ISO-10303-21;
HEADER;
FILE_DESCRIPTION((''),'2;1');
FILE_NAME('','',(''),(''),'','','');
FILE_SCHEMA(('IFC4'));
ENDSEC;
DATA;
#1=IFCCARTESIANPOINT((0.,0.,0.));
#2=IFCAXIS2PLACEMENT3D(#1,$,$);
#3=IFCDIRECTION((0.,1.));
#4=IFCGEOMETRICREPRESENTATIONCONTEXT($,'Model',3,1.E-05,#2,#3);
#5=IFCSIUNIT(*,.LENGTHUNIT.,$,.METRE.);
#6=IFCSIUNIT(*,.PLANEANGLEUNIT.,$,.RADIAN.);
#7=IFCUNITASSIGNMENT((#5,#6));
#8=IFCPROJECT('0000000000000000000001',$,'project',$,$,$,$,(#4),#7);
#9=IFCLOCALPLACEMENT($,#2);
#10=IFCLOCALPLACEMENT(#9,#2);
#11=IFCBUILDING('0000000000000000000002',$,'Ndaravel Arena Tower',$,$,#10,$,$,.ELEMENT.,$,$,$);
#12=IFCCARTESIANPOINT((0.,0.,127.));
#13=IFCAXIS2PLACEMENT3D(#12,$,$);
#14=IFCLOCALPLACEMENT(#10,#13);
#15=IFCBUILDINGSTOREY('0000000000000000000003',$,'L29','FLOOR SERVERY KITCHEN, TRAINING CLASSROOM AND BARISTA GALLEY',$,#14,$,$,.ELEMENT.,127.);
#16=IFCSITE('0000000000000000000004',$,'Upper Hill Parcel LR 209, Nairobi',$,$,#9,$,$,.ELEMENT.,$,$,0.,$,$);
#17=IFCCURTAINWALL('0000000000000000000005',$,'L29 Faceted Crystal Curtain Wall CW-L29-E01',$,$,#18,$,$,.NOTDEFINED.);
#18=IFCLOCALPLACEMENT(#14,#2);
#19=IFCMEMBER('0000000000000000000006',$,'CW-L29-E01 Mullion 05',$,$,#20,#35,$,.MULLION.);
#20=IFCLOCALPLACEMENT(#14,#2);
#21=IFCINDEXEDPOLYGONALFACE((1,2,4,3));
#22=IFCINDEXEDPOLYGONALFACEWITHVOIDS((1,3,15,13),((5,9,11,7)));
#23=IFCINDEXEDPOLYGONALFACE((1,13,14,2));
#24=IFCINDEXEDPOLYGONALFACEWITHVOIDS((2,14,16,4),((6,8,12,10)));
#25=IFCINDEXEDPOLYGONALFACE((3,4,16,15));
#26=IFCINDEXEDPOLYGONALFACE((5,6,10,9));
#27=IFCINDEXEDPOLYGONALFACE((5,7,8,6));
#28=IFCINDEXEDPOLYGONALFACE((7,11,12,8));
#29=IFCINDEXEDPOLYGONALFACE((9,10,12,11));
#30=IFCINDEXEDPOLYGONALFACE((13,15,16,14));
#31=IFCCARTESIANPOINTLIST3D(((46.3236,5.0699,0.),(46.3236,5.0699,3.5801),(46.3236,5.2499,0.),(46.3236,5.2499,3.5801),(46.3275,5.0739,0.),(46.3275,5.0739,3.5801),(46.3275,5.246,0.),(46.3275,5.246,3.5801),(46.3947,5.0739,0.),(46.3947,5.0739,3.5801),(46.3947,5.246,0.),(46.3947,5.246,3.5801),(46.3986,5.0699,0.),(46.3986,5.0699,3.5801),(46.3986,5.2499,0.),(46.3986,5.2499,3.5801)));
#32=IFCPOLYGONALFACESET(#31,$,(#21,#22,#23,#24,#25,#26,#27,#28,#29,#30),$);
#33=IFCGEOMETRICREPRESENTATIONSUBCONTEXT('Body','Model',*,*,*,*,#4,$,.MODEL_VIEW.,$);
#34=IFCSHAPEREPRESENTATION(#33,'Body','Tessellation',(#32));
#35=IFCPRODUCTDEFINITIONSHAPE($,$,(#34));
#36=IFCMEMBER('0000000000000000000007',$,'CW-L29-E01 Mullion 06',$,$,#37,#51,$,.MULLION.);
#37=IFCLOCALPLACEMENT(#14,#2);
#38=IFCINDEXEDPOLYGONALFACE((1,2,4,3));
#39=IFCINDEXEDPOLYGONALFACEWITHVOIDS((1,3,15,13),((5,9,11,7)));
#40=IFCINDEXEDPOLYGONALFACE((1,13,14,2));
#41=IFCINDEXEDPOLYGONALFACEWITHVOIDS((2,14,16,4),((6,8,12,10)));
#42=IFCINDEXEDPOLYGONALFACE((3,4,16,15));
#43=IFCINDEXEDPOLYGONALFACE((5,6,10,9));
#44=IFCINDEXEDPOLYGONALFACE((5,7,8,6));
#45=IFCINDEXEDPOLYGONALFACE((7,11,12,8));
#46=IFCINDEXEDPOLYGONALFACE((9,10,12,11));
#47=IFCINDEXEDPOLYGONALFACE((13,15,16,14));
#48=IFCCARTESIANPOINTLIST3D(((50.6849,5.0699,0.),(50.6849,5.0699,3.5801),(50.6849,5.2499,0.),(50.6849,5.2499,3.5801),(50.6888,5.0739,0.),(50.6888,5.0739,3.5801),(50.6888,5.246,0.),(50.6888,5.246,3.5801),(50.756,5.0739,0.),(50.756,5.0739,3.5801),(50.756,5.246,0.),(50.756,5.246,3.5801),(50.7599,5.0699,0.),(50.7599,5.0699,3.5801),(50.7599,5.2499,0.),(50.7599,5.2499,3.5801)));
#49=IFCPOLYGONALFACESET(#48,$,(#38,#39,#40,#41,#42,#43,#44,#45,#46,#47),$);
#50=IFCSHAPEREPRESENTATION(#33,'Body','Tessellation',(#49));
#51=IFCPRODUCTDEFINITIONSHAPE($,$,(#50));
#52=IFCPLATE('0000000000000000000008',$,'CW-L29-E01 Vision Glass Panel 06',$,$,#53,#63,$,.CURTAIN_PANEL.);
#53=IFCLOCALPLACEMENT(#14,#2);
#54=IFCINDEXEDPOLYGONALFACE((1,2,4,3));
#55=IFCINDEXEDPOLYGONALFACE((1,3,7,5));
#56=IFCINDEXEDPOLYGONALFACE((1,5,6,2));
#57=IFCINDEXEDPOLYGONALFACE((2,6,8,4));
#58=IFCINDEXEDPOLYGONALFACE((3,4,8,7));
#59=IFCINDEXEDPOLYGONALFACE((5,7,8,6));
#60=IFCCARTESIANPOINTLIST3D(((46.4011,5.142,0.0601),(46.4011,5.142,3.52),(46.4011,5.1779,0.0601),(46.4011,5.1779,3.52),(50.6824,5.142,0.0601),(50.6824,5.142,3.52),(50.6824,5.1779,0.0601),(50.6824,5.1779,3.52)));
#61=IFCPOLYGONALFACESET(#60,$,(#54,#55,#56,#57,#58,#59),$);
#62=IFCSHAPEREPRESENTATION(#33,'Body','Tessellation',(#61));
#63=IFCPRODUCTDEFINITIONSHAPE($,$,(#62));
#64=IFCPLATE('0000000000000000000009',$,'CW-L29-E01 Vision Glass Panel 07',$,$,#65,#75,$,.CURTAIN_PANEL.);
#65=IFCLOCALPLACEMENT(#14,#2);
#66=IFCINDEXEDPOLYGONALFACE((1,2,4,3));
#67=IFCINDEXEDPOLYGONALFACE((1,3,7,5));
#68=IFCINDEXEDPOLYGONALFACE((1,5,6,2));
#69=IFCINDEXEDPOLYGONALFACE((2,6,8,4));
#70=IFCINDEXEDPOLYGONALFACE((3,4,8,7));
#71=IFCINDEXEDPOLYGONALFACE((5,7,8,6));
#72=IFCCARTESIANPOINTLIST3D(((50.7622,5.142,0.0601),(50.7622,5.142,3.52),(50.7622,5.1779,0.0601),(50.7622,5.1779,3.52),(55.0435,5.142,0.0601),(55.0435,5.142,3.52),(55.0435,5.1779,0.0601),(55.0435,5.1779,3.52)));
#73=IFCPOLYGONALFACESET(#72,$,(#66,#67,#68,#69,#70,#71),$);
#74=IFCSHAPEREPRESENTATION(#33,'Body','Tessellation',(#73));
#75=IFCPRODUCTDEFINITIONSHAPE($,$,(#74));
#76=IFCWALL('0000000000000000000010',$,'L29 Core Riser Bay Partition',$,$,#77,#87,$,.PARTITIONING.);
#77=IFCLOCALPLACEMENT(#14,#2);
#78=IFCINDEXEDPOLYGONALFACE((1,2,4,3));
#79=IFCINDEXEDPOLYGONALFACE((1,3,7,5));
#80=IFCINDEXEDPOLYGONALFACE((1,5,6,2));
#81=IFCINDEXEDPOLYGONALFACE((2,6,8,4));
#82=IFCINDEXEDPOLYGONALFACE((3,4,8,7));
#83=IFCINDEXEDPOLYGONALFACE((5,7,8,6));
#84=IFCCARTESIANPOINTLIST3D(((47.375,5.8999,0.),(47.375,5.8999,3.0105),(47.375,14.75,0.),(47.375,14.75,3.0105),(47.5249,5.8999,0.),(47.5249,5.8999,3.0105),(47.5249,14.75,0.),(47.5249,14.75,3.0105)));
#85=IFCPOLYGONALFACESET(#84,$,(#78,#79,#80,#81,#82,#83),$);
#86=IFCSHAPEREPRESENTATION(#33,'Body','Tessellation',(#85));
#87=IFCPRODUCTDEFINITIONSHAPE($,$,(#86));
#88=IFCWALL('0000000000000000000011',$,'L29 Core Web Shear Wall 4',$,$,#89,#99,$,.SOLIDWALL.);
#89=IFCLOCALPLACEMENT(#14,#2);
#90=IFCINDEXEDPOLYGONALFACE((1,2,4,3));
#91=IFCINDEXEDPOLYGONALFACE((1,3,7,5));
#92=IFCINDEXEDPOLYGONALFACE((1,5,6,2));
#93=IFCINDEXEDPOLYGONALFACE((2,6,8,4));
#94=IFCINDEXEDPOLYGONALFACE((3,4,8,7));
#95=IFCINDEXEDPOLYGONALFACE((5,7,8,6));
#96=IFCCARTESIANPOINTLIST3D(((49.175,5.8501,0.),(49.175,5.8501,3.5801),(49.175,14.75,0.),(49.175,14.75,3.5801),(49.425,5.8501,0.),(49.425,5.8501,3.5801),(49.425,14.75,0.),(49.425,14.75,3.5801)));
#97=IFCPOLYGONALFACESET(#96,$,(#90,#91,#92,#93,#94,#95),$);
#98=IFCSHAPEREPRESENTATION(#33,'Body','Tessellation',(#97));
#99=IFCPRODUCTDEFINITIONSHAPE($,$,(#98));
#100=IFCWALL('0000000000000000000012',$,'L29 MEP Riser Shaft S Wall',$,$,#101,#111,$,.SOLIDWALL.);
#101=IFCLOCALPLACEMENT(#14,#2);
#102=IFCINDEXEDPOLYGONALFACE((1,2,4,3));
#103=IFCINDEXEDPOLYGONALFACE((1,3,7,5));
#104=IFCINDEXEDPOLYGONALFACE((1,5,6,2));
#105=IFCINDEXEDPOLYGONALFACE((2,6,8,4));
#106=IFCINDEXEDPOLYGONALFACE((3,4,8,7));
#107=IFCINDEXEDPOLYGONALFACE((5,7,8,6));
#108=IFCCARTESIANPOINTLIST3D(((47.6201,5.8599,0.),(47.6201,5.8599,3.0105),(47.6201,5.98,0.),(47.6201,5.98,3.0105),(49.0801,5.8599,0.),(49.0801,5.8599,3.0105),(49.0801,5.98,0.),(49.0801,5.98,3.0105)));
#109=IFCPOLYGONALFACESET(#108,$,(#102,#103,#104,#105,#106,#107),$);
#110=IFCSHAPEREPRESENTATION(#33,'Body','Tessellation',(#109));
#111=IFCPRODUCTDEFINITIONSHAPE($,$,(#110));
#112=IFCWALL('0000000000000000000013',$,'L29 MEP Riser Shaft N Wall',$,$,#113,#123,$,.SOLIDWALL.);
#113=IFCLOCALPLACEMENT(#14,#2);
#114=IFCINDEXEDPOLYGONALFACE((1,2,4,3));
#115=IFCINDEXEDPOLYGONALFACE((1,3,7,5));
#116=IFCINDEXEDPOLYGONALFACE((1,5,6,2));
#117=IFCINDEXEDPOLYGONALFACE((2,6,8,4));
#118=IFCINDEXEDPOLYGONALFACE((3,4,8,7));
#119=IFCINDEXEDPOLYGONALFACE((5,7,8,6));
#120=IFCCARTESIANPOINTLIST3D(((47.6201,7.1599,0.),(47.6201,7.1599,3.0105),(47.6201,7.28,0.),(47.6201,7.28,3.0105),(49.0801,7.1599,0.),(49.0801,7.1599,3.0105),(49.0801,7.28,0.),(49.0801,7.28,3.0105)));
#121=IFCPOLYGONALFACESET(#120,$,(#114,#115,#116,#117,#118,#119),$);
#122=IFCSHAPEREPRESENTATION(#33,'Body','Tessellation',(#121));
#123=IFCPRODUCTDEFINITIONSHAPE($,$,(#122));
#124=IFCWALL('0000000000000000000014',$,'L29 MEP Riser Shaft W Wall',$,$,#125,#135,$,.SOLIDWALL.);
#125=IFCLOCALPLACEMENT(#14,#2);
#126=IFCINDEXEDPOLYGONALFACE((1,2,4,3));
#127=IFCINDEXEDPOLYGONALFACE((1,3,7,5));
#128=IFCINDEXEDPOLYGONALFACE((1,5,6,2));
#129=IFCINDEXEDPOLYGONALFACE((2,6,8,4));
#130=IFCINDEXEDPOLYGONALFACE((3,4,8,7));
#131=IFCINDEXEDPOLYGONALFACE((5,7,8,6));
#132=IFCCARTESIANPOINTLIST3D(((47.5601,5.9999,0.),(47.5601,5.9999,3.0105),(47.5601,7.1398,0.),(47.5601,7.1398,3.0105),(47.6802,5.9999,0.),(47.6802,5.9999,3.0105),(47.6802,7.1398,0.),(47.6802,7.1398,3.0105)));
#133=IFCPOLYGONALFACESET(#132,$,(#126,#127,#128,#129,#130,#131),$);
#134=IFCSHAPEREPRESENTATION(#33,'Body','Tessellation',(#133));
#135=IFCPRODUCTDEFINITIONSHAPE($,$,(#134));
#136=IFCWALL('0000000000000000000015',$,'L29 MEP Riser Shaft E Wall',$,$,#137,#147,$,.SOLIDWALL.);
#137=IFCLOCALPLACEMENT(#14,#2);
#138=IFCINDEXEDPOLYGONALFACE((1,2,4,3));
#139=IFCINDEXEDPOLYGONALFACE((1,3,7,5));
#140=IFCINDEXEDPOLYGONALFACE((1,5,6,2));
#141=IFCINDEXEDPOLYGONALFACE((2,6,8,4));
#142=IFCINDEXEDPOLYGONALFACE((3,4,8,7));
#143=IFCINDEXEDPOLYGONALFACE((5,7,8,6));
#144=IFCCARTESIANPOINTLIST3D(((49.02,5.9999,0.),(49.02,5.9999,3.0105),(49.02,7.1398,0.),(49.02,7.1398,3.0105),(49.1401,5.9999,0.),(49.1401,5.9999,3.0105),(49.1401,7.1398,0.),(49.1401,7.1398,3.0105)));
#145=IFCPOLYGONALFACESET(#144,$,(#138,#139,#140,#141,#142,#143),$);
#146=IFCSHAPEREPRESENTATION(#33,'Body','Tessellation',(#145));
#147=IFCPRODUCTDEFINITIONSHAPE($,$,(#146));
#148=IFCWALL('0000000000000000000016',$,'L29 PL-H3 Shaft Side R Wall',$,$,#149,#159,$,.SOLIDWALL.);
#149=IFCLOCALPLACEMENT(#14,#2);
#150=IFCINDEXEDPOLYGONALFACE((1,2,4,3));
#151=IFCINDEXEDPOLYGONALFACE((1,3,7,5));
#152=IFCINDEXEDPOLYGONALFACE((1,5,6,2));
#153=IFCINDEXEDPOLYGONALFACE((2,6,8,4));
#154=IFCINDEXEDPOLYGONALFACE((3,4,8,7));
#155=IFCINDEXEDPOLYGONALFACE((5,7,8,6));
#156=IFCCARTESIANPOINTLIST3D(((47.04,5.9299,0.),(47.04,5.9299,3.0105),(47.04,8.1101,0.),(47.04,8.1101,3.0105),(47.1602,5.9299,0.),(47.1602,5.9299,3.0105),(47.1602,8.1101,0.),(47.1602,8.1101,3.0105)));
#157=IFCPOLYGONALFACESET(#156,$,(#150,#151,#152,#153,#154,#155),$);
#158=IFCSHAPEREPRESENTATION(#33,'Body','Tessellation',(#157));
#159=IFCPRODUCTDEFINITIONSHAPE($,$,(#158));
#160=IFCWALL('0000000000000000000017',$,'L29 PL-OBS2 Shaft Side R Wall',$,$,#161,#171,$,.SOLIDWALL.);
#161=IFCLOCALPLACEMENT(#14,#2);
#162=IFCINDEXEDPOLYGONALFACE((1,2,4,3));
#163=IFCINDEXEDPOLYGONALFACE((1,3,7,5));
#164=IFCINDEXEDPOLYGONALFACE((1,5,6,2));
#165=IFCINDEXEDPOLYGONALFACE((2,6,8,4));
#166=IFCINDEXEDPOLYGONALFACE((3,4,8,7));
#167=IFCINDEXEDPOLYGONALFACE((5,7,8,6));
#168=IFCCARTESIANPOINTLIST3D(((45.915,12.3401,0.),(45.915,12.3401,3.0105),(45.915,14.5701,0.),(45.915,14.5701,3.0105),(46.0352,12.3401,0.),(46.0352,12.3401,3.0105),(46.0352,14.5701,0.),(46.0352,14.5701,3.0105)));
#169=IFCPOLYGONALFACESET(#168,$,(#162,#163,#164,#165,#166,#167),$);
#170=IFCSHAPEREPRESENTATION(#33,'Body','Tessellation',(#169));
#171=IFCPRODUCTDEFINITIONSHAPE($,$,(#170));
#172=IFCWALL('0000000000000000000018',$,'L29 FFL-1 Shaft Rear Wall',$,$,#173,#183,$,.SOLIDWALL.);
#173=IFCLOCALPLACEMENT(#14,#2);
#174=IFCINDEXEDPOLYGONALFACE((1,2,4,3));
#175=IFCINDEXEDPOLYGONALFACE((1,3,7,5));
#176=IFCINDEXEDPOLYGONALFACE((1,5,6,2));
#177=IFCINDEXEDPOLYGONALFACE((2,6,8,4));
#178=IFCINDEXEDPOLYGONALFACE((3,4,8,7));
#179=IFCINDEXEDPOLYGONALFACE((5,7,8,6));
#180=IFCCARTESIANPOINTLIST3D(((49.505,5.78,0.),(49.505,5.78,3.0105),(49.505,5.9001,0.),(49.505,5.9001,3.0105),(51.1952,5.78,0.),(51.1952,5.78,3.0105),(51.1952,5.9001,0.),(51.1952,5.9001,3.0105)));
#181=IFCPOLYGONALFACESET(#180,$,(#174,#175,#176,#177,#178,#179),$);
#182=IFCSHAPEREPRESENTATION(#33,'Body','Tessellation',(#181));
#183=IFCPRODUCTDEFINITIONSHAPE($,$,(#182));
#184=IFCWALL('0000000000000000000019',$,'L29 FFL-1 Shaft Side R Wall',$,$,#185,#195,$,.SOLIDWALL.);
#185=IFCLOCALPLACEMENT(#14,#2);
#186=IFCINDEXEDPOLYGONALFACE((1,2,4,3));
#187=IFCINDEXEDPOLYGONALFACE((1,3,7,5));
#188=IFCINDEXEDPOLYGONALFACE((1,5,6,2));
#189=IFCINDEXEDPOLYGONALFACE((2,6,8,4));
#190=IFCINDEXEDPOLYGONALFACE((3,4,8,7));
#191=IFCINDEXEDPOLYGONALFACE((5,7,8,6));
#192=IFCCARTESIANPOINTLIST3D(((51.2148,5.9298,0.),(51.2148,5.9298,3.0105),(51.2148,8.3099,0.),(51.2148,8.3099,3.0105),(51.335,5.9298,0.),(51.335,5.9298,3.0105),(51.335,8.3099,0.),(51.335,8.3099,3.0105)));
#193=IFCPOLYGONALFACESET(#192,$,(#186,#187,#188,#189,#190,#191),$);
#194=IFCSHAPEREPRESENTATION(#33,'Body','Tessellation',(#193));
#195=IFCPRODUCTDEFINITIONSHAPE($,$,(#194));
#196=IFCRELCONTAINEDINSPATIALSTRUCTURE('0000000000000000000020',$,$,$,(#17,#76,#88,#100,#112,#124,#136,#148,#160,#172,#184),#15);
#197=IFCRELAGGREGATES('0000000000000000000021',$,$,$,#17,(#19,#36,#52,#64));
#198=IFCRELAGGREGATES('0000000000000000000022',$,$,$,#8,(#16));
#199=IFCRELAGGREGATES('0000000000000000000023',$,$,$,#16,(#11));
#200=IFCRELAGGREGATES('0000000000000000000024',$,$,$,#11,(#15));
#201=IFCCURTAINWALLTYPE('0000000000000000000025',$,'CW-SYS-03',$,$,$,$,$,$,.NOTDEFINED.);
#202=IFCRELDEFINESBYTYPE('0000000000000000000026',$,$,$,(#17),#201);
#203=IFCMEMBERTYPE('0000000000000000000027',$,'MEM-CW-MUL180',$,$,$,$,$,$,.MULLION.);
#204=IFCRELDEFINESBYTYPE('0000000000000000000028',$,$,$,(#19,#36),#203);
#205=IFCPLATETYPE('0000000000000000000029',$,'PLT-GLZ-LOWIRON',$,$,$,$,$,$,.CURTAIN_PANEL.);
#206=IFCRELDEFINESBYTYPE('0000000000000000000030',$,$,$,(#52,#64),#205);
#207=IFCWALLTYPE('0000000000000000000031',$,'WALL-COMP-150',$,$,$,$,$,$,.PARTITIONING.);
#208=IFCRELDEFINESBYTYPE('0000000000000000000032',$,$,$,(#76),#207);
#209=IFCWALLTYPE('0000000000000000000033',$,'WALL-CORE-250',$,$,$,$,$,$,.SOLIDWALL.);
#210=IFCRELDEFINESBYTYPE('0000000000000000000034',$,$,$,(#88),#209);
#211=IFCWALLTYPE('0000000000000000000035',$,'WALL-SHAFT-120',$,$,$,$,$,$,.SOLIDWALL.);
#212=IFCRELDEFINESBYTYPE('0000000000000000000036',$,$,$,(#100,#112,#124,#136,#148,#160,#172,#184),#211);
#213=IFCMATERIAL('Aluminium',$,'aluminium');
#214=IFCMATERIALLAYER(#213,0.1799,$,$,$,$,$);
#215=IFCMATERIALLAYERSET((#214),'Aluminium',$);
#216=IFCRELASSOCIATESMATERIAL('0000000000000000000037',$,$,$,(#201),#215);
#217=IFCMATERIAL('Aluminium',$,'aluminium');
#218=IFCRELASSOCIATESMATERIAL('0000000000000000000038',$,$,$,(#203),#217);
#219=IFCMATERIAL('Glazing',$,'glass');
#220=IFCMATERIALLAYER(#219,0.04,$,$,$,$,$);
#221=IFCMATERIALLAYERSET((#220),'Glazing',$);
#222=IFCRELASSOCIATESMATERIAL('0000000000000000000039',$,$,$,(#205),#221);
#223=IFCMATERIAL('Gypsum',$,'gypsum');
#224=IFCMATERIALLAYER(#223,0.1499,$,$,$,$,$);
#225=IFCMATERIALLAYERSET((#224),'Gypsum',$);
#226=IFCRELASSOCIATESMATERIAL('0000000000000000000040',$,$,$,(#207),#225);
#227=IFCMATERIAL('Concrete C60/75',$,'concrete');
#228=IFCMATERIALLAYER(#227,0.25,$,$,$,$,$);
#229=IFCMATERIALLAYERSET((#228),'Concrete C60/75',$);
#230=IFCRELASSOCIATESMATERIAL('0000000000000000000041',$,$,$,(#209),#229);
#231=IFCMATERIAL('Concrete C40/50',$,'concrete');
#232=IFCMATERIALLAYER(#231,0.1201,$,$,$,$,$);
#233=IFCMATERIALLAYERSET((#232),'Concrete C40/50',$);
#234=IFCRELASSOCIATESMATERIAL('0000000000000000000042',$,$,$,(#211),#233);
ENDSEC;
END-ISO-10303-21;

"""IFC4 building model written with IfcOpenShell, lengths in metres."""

from ifc_helpers import new_model, si_unit, direction, frame, frame_2d, origin, origin_2d, place, context, subcontext, project, spatial, rectangle, hollow_rectangle, extrude, material, layer, layer_set, material_profile, profile_set, type_object, element, aggregate, save


model = new_model("IFC4")

# Units and contexts
model_context = context("Model", 3, precision=1e-05, world=origin(), true_north=direction((0.0, 1.0)))
body_context = subcontext(model_context, "Body", "Model", "MODEL_VIEW")
ifc_project = project(units=[si_unit("LENGTHUNIT", "METRE"), si_unit("PLANEANGLEUNIT", "RADIAN")], contexts=[model_context])

# Site, building, storey
site_placement = place(None, origin())
site = spatial("IfcSite", under=ifc_project, at=site_placement, Name="Upper Hill Parcel LR 209, Nairobi", CompositionType="ELEMENT", RefElevation=0.0)
building_placement = place(site_placement, origin())
building = spatial("IfcBuilding", under=site, at=building_placement, Name="Ndaravel Arena Tower", CompositionType="ELEMENT")
storey_placement = place(building_placement, frame((0.0, 0.0, 127.0)))
storey = spatial("IfcBuildingStorey", under=building, at=storey_placement, Name="L29", Description="FLOOR SERVERY KITCHEN, TRAINING CLASSROOM AND BARISTA GALLEY", CompositionType="ELEMENT", Elevation=127.0)

# Curtain wall, members, plates
ifc_material_1 = material(Name="Aluminium", Category="aluminium")
ifc_layer_1 = layer(ifc_material_1, 0.1799)
ifc_layer_set_1 = layer_set([ifc_layer_1], Name="Aluminium")
curtain_wall_type = type_object("IfcCurtainWallType", Name="CW-SYS-03", PredefinedType="NOTDEFINED", material=ifc_layer_set_1)
curtain_wall_placement = place(storey_placement, origin())
curtain_wall = element("IfcCurtainWall", 1, at=curtain_wall_placement, inside=storey, type_object=curtain_wall_type, Name="L29 Faceted Crystal Curtain Wall CW-L29-E01", PredefinedType="NOTDEFINED")
ifc_material_2 = material(Name="Aluminium", Category="aluminium")
ifc_material_profile = material_profile(ifc_material_2, hollow_rectangle(XDim=0.075, YDim=0.1799, WallThickness=0.0039, at=origin_2d()), Name="CW MULLION 75x180x4")
ifc_profile_set = profile_set([ifc_material_profile], Name="Aluminium")
member_type = type_object("IfcMemberType", Name="MEM-CW-MUL180", PredefinedType="MULLION", material=ifc_profile_set)
member_1_placement = place(storey_placement, frame((46.3611, 5.1599, 0.0), z_axis=(0.0, 0.0, 1.0), x_axis=(1.0, 0.0, 0.0)))
member_1 = element("IfcMember", 2, at=member_1_placement, type_object=member_type, Name="CW-L29-E01 Mullion 05", PredefinedType="MULLION", context=body_context, shape_type="SweptSolid", body=[
    extrude(hollow_rectangle(XDim=0.075, YDim=0.1799, WallThickness=0.0039, at=origin_2d()), origin(), (0.0, 0.0, 1.0), 3.5801),
])
member_2_placement = place(storey_placement, frame((50.7224, 5.1599, 0.0), z_axis=(0.0, 0.0, 1.0), x_axis=(1.0, 0.0, 0.0)))
member_2 = element("IfcMember", 3, at=member_2_placement, type_object=member_type, Name="CW-L29-E01 Mullion 06", PredefinedType="MULLION", context=body_context, shape_type="SweptSolid", body=[
    extrude(hollow_rectangle(XDim=0.075, YDim=0.1799, WallThickness=0.0039, at=origin_2d()), origin(), (0.0, 0.0, 1.0), 3.5801),
])
ifc_material_3 = material(Name="Glazing", Category="glass")
ifc_layer_2 = layer(ifc_material_3, 0.04)
ifc_layer_set_2 = layer_set([ifc_layer_2], Name="Glazing")
plate_type = type_object("IfcPlateType", Name="PLT-GLZ-LOWIRON", PredefinedType="CURTAIN_PANEL", material=ifc_layer_set_2)
plate_1_placement = place(storey_placement, frame((48.5417, 5.1599, 0.0601), z_axis=(0.0, 0.0, 1.0), x_axis=(1.0, 0.0, 0.0)))
plate_1 = element("IfcPlate", 4, at=plate_1_placement, type_object=plate_type, Name="CW-L29-E01 Vision Glass Panel 06", PredefinedType="CURTAIN_PANEL", context=body_context, shape_type="SweptSolid", body=[
    extrude(rectangle(XDim=4.2812, YDim=0.0359, at=origin_2d()), origin(), (0.0, 0.0, 1.0), 3.46),
])
plate_2_placement = place(storey_placement, frame((52.9028, 5.1599, 0.0601), z_axis=(0.0, 0.0, 1.0), x_axis=(1.0, 0.0, 0.0)))
plate_2 = element("IfcPlate", 5, at=plate_2_placement, type_object=plate_type, Name="CW-L29-E01 Vision Glass Panel 07", PredefinedType="CURTAIN_PANEL", context=body_context, shape_type="SweptSolid", body=[
    extrude(rectangle(XDim=4.2812, YDim=0.0359, at=origin_2d()), origin(), (0.0, 0.0, 1.0), 3.46),
])
aggregate(curtain_wall, [member_1, member_2, plate_1, plate_2])

# Walls
ifc_material_4 = material(Name="Gypsum", Category="gypsum")
ifc_layer_3 = layer(ifc_material_4, 0.1499)
ifc_layer_set_3 = layer_set([ifc_layer_3], Name="Gypsum")
wall_type_1 = type_object("IfcWallType", Name="WALL-COMP-150", PredefinedType="PARTITIONING", material=ifc_layer_set_3)
wall_1_placement = place(storey_placement, frame((47.45, 5.8999, 0.0), z_axis=(0.0, 0.0, 1.0), x_axis=(0.0, 1.0, 0.0)))
element("IfcWall", 6, at=wall_1_placement, inside=storey, type_object=wall_type_1, Name="L29 Core Riser Bay Partition", PredefinedType="PARTITIONING", context=body_context, shape_type="SweptSolid", body=[
    extrude(rectangle(XDim=8.8501, YDim=0.1499, at=frame_2d((4.425, 0.0))), origin(), (0.0, 0.0, 1.0), 3.0105),
])
ifc_material_5 = material(Name="Concrete C60/75", Category="concrete")
ifc_layer_4 = layer(ifc_material_5, 0.25)
ifc_layer_set_4 = layer_set([ifc_layer_4], Name="Concrete C60/75")
wall_type_2 = type_object("IfcWallType", Name="WALL-CORE-250", PredefinedType="SOLIDWALL", material=ifc_layer_set_4)
wall_2_placement = place(storey_placement, frame((49.3, 5.8501, 0.0), z_axis=(0.0, 0.0, 1.0), x_axis=(0.0, 1.0, 0.0)))
element("IfcWall", 7, at=wall_2_placement, inside=storey, type_object=wall_type_2, Name="L29 Core Web Shear Wall 4", PredefinedType="SOLIDWALL", context=body_context, shape_type="SweptSolid", body=[
    extrude(rectangle(XDim=8.8999, YDim=0.25, at=frame_2d((4.45, 0.0))), origin(), (0.0, 0.0, 1.0), 3.5801),
])
ifc_material_6 = material(Name="Concrete C40/50", Category="concrete")
ifc_layer_5 = layer(ifc_material_6, 0.1201)
ifc_layer_set_5 = layer_set([ifc_layer_5], Name="Concrete C40/50")
wall_type_3 = type_object("IfcWallType", Name="WALL-SHAFT-120", PredefinedType="SOLIDWALL", material=ifc_layer_set_5)
for number, where, z_axis, x_axis, name in (
    (8, (47.6201, 5.9199, 0.0), (0.0, 0.0, 1.0), (1.0, 0.0, 0.0), "L29 MEP Riser Shaft S Wall"),
    (9, (47.6201, 7.22, 0.0), (0.0, 0.0, 1.0), (1.0, 0.0, 0.0), "L29 MEP Riser Shaft N Wall"),
):
    element("IfcWall", number, at=place(storey_placement, frame(where, z_axis=z_axis, x_axis=x_axis)), inside=storey, type_object=wall_type_3, Name=name, PredefinedType="SOLIDWALL", context=body_context, shape_type="SweptSolid", body=[
        extrude(rectangle(XDim=1.46, YDim=0.1201, at=frame_2d((0.73, 0.0))), origin(), (0.0, 0.0, 1.0), 3.0105),
    ])
for number, where, z_axis, x_axis, name in (
    (10, (47.6201, 6.0, 0.0), (0.0, 0.0, 1.0), (0.0, 1.0, 0.0), "L29 MEP Riser Shaft W Wall"),
    (11, (49.0801, 6.0, 0.0), (0.0, 0.0, 1.0), (0.0, 1.0, 0.0), "L29 MEP Riser Shaft E Wall"),
):
    element("IfcWall", number, at=place(storey_placement, frame(where, z_axis=z_axis, x_axis=x_axis)), inside=storey, type_object=wall_type_3, Name=name, PredefinedType="SOLIDWALL", context=body_context, shape_type="SweptSolid", body=[
        extrude(rectangle(XDim=1.1399, YDim=0.1201, at=frame_2d((0.5698, 0.0))), origin(), (0.0, 0.0, 1.0), 3.0105),
    ])
wall_3_placement = place(storey_placement, frame((47.1001, 5.9299, 0.0), z_axis=(0.0, 0.0, 1.0), x_axis=(0.0, 1.0, 0.0)))
element("IfcWall", 12, at=wall_3_placement, inside=storey, type_object=wall_type_3, Name="L29 PL-H3 Shaft Side R Wall", PredefinedType="SOLIDWALL", context=body_context, shape_type="SweptSolid", body=[
    extrude(rectangle(XDim=2.1802, YDim=0.1201, at=frame_2d((1.0901, 0.0))), origin(), (0.0, 0.0, 1.0), 3.0105),
])
wall_4_placement = place(storey_placement, frame((45.9751, 12.3401, 0.0), z_axis=(0.0, 0.0, 1.0), x_axis=(0.0, 1.0, 0.0)))
element("IfcWall", 13, at=wall_4_placement, inside=storey, type_object=wall_type_3, Name="L29 PL-OBS2 Shaft Side R Wall", PredefinedType="SOLIDWALL", context=body_context, shape_type="SweptSolid", body=[
    extrude(rectangle(XDim=2.23, YDim=0.1201, at=frame_2d((1.115, 0.0))), origin(), (0.0, 0.0, 1.0), 3.0105),
])
wall_5_placement = place(storey_placement, frame((49.5049, 5.8401, 0.0), z_axis=(0.0, 0.0, 1.0), x_axis=(1.0, 0.0, 0.0)))
element("IfcWall", 14, at=wall_5_placement, inside=storey, type_object=wall_type_3, Name="L29 FFL-1 Shaft Rear Wall", PredefinedType="SOLIDWALL", context=body_context, shape_type="SweptSolid", body=[
    extrude(rectangle(XDim=1.6902, YDim=0.1201, at=frame_2d((0.8452, 0.0))), origin(), (0.0, 0.0, 1.0), 3.0105),
])
wall_6_placement = place(storey_placement, frame((51.2749, 5.9299, 0.0), z_axis=(0.0, 0.0, 1.0), x_axis=(0.0, 1.0, 0.0)))
element("IfcWall", 15, at=wall_6_placement, inside=storey, type_object=wall_type_3, Name="L29 FFL-1 Shaft Side R Wall", PredefinedType="SOLIDWALL", context=body_context, shape_type="SweptSolid", body=[
    extrude(rectangle(XDim=2.3801, YDim=0.1201, at=frame_2d((1.1899, 0.0))), origin(), (0.0, 0.0, 1.0), 3.0105),
])

save(model, "model.ifc")
